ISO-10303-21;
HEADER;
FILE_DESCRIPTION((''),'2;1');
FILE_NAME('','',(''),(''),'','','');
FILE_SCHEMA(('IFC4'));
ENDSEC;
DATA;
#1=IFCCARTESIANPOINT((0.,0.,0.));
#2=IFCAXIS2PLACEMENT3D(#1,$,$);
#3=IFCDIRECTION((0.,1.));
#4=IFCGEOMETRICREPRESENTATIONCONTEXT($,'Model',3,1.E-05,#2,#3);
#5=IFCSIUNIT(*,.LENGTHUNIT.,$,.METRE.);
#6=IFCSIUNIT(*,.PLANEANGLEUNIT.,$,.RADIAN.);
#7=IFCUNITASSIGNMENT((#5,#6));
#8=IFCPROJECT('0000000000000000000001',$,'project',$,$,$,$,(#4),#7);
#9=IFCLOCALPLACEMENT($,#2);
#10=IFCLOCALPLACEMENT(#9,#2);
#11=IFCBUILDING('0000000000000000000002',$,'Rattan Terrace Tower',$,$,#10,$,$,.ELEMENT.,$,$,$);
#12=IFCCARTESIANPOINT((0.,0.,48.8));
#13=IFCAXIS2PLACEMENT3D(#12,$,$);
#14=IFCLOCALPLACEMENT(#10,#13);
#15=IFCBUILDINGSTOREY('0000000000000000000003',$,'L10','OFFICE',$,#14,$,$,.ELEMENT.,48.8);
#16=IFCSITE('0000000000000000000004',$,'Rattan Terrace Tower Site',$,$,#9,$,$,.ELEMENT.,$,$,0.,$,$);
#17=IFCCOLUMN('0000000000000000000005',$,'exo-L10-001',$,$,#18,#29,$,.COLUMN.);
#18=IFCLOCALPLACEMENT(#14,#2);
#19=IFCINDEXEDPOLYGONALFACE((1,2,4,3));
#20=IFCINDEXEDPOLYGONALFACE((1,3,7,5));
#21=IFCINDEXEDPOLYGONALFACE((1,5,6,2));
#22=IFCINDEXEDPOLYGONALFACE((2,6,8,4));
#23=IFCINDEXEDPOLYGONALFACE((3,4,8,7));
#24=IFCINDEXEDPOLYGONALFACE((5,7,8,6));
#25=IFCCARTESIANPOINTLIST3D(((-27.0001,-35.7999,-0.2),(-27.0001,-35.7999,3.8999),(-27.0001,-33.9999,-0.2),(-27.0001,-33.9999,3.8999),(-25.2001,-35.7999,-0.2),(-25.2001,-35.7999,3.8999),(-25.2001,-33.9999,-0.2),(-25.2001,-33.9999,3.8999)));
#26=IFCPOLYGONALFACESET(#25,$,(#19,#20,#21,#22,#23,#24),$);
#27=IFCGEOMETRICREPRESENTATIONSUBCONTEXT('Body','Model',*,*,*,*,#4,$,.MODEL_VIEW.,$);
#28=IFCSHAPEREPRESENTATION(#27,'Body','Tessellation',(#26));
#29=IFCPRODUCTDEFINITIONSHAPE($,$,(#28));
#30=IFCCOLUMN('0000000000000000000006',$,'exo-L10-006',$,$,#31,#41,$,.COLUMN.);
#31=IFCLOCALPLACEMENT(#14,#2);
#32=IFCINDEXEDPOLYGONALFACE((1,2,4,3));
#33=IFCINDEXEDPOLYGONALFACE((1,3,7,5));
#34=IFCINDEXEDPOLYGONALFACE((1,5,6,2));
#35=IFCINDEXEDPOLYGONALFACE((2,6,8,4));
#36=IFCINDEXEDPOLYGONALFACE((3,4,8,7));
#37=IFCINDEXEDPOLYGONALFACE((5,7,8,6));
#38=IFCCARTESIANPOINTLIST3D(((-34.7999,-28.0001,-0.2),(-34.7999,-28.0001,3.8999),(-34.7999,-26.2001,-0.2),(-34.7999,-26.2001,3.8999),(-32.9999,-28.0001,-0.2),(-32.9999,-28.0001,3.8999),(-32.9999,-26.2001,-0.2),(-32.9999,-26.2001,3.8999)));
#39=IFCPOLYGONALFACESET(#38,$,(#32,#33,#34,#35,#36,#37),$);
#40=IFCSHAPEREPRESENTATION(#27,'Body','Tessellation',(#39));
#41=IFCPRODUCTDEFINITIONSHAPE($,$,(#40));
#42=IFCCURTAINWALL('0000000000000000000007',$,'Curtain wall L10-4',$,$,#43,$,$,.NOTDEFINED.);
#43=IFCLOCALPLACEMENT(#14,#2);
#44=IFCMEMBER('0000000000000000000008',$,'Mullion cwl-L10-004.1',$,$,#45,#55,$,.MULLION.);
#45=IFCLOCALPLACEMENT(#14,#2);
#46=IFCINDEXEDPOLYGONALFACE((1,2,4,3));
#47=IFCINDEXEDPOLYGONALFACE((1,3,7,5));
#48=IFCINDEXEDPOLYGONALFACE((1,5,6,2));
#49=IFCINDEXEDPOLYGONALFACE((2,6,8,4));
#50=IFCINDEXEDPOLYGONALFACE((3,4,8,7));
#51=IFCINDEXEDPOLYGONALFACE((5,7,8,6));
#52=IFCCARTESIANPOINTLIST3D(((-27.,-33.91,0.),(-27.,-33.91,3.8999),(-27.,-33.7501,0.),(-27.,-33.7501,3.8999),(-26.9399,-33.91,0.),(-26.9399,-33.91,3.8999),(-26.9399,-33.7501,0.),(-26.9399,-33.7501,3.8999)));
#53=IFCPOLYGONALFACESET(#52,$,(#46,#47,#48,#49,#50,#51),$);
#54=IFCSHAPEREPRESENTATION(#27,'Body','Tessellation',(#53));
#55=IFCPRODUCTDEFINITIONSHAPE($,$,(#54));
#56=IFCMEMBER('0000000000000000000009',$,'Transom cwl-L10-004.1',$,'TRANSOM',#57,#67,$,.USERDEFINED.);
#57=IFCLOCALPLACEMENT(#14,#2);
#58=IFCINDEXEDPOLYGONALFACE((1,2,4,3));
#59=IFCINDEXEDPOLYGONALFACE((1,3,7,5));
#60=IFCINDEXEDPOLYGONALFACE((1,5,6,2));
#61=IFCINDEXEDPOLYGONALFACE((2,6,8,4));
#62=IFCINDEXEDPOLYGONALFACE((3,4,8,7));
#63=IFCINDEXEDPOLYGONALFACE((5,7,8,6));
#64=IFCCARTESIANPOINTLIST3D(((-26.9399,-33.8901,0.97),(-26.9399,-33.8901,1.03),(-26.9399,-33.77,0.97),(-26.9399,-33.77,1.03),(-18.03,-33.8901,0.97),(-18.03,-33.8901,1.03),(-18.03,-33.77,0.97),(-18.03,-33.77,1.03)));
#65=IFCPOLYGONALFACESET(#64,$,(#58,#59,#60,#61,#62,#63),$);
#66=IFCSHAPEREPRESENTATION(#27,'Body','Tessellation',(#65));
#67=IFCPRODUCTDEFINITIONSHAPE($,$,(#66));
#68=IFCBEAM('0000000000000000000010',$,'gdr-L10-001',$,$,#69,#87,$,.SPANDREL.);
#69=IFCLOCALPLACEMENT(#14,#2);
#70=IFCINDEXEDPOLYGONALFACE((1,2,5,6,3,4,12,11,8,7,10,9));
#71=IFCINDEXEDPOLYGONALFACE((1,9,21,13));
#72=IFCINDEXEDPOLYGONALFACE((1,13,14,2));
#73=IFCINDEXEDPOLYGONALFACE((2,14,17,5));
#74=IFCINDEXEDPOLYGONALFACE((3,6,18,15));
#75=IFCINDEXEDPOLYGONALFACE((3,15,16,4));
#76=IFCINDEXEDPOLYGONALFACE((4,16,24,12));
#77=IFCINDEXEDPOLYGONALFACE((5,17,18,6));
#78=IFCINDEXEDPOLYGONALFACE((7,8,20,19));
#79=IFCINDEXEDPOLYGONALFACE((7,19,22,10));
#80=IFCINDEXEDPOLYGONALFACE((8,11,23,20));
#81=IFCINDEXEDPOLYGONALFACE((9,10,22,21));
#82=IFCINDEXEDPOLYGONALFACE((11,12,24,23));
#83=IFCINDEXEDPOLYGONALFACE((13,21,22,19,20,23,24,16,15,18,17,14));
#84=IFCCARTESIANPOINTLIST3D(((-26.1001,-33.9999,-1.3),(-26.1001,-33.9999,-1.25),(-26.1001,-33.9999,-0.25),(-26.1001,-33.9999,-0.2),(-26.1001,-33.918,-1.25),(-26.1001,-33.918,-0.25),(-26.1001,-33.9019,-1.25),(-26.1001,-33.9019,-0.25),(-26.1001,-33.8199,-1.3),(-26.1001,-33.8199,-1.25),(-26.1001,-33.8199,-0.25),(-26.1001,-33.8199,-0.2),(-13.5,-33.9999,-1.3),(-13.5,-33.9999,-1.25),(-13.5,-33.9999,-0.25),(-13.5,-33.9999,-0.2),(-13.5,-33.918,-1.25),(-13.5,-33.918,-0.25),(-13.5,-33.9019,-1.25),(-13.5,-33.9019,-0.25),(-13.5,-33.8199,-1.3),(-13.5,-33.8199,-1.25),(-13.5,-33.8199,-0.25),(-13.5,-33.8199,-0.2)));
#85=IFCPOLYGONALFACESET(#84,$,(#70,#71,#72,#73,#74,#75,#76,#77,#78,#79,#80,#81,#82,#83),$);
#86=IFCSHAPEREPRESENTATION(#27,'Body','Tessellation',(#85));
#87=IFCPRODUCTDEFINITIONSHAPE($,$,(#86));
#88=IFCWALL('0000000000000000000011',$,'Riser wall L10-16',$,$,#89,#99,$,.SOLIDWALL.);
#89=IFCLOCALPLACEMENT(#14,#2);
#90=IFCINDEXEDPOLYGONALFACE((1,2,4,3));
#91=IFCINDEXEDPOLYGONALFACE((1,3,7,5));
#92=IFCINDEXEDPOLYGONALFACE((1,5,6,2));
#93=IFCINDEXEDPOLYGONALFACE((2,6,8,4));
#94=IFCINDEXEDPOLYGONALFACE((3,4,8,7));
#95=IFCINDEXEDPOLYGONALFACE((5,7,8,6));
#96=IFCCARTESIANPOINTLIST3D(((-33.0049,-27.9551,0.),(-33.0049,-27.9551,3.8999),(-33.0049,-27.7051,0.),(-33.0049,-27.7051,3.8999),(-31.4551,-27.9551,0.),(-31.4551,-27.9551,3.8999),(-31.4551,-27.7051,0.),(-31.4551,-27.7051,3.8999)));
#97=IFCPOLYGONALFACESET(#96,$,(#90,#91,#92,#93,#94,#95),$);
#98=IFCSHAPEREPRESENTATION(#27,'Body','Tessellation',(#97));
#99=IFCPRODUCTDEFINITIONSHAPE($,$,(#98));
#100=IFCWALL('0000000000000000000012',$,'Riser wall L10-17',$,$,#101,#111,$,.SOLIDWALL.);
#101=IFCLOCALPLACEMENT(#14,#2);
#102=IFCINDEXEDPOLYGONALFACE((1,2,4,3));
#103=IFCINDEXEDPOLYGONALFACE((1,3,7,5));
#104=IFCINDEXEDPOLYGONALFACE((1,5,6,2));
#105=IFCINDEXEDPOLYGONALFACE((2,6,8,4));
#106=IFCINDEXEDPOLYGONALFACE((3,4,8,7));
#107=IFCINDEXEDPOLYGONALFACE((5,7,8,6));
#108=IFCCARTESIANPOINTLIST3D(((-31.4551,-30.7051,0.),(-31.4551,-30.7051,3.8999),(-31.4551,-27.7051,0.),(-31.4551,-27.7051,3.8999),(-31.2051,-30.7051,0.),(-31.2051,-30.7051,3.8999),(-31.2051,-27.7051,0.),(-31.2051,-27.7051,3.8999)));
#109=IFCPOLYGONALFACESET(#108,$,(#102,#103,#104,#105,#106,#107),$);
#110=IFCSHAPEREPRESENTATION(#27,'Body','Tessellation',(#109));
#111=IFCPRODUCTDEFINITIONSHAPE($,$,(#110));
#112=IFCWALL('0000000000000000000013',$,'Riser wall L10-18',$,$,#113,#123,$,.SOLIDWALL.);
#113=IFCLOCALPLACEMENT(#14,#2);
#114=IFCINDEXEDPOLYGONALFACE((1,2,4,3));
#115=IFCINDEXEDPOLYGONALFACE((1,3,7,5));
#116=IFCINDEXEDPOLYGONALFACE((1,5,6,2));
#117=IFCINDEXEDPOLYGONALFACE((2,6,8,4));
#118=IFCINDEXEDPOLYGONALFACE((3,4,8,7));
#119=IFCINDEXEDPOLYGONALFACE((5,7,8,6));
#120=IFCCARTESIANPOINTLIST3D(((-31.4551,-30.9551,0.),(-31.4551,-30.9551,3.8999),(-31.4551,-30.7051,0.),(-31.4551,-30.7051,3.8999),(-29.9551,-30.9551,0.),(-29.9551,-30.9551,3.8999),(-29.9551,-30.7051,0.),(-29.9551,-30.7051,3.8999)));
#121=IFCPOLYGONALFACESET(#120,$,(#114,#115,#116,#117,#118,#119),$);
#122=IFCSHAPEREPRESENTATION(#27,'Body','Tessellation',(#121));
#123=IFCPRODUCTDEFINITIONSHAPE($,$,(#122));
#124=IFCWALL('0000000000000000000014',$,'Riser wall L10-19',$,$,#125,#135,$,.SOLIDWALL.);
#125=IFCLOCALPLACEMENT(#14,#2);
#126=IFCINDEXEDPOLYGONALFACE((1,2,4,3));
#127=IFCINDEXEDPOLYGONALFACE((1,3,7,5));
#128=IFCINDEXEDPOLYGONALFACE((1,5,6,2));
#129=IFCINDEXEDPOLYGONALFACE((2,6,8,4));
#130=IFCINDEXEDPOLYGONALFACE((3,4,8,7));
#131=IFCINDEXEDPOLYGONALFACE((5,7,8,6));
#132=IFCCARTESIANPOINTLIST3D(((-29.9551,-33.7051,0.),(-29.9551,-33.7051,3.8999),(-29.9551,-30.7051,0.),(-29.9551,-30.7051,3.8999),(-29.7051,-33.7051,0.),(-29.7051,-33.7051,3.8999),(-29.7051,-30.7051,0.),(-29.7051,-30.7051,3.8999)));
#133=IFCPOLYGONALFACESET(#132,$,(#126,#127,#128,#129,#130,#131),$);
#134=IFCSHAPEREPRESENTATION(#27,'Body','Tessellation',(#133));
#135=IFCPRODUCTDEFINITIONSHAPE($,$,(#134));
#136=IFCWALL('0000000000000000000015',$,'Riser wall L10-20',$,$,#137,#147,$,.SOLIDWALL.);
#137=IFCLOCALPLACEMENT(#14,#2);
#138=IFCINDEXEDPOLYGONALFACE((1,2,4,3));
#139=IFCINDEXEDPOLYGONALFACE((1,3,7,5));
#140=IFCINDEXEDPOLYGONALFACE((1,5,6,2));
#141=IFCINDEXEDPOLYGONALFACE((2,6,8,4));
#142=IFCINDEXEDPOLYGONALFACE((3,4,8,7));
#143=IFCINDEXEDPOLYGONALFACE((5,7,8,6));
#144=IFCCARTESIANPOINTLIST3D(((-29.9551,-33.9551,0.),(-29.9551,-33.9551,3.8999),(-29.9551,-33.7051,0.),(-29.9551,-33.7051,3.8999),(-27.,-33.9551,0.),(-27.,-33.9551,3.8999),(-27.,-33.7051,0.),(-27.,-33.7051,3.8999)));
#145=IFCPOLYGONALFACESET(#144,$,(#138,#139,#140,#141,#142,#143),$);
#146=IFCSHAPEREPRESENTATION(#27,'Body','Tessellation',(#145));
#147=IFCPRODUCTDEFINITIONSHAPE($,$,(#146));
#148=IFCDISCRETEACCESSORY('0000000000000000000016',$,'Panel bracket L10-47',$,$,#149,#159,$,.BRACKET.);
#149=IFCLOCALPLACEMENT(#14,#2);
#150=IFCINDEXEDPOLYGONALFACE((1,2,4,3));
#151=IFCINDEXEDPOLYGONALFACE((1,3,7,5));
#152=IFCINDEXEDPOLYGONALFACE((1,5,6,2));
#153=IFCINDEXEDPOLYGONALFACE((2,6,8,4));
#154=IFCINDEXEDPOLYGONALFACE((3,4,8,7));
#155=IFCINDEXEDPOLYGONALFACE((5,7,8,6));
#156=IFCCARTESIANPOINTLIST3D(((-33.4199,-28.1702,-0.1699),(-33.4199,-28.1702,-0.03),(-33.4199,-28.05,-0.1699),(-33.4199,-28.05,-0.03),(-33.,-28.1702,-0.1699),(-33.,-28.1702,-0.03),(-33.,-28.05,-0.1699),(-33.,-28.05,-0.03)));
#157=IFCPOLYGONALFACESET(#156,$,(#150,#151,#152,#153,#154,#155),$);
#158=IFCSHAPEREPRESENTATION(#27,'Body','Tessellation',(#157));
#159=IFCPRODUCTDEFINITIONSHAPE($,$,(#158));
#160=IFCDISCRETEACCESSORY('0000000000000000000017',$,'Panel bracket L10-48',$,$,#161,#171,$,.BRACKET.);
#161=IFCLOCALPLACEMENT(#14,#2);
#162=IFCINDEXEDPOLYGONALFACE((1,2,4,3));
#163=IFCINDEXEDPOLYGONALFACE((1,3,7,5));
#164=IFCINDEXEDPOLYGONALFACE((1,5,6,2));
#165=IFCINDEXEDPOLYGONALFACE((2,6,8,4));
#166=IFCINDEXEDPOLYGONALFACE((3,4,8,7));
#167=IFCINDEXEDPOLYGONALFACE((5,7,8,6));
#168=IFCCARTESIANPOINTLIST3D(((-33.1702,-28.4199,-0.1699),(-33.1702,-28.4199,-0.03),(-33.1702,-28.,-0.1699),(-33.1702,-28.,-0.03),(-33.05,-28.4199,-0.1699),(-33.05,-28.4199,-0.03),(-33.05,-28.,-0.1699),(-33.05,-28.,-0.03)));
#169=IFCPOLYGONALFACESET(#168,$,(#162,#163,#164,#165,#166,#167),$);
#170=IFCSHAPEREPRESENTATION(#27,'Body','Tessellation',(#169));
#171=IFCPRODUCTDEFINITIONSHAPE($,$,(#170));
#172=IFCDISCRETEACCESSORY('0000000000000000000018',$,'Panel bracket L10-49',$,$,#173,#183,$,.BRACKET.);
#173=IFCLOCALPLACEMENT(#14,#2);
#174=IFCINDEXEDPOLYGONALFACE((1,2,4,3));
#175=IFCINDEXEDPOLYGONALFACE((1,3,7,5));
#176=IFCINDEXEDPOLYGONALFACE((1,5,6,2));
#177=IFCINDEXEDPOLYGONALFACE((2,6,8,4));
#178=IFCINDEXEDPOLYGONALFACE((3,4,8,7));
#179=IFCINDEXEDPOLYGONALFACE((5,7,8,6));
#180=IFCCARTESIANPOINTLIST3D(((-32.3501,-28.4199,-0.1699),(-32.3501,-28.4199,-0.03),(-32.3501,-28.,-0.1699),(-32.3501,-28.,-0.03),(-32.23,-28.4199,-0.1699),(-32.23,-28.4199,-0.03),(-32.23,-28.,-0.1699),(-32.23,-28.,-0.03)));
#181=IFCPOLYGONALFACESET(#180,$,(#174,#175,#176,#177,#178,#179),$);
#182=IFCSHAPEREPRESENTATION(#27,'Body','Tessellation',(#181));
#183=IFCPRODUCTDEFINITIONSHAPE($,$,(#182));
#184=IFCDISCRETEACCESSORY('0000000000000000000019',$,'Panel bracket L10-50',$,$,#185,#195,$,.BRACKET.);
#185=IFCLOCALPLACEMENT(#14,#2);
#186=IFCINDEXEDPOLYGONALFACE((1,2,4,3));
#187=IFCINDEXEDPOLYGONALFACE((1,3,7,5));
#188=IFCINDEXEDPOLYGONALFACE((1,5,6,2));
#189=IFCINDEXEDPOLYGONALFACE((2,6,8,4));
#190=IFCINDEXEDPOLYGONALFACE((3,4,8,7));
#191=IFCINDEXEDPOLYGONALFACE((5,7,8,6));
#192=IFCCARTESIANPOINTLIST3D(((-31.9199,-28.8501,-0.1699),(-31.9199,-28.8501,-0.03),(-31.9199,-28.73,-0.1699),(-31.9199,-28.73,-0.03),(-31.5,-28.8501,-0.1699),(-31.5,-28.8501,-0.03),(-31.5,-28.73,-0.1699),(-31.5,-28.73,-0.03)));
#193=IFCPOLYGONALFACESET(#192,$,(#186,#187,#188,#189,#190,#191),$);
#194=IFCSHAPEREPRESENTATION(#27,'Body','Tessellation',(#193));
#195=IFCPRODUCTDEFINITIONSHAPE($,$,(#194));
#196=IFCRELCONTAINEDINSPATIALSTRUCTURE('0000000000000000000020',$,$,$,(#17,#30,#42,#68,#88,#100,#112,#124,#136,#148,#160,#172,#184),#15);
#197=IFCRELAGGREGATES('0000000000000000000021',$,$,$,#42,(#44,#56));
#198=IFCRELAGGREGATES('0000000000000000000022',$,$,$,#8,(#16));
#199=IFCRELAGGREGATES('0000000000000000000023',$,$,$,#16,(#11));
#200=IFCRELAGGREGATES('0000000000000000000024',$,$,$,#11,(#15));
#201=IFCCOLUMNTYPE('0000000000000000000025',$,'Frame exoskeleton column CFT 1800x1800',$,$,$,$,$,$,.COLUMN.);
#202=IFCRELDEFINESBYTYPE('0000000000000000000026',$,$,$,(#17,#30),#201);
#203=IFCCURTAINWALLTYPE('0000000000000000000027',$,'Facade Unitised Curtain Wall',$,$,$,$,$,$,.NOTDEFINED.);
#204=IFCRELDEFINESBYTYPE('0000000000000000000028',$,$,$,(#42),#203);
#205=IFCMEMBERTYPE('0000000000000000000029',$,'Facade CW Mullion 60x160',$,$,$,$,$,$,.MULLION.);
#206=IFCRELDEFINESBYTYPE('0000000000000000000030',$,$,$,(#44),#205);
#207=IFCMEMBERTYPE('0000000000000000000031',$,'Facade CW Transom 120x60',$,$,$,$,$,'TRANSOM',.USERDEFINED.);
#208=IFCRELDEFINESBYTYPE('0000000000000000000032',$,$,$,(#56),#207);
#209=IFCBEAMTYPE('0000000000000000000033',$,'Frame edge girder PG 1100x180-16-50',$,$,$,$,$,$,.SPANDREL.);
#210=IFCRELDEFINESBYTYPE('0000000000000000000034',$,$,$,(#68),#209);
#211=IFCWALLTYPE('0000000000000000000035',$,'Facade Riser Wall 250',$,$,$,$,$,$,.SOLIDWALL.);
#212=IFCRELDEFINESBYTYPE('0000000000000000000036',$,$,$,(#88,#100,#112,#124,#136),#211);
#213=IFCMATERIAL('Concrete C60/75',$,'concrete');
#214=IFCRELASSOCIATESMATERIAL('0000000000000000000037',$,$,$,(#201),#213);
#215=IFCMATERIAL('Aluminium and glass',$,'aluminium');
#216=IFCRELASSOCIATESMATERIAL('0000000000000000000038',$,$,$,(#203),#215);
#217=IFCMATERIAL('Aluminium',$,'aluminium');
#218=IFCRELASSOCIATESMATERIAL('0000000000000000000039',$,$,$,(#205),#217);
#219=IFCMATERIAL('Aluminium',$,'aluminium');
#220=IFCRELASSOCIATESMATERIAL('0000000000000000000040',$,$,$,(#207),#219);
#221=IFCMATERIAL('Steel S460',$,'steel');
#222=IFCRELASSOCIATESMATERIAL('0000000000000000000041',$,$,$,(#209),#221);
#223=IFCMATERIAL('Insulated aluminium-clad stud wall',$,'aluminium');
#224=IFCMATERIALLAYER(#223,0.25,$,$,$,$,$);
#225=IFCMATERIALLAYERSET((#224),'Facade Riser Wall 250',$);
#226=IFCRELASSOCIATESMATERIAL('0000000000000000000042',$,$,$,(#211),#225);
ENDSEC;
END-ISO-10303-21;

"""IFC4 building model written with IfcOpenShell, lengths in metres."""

from ifc_helpers import new_model, si_unit, direction, frame, frame_2d, origin, origin_2d, place, context, subcontext, project, spatial, rectangle, i_section, extrude, material, layer, layer_set, material_profile, profile_set, type_object, element, aggregate, save


model = new_model("IFC4")

# Units and contexts
model_context = context("Model", 3, precision=1e-05, world=origin(), true_north=direction((0.0, 1.0)))
body_context = subcontext(model_context, "Body", "Model", "MODEL_VIEW")
ifc_project = project(units=[si_unit("LENGTHUNIT", "METRE"), si_unit("PLANEANGLEUNIT", "RADIAN")], contexts=[model_context])

# Site, building, storey
site_placement = place(None, origin())
site = spatial("IfcSite", under=ifc_project, at=site_placement, Name="Rattan Terrace Tower Site", CompositionType="ELEMENT", RefElevation=0.0)
building_placement = place(site_placement, origin())
building = spatial("IfcBuilding", under=site, at=building_placement, Name="Rattan Terrace Tower", CompositionType="ELEMENT")
storey_placement = place(building_placement, frame((0.0, 0.0, 48.8)))
storey = spatial("IfcBuildingStorey", under=building, at=storey_placement, Name="L10", Description="OFFICE", CompositionType="ELEMENT", Elevation=48.8)

# Columns
ifc_material_1 = material(Name="Concrete C60/75", Category="concrete")
ifc_material_profile_1 = material_profile(ifc_material_1, rectangle(XDim=1.8, YDim=1.8, at=origin_2d()), Name="CFT 1800x1800")
ifc_profile_set_1 = profile_set([ifc_material_profile_1], Name="Concrete C60/75")
column_type = type_object("IfcColumnType", Name="Frame exoskeleton column CFT 1800x1800", PredefinedType="COLUMN", material=ifc_profile_set_1)
for number, where, z_axis, x_axis, name in (
    (1, (-26.1001, -34.8999, -0.2), (0.0, 0.0, 1.0), (1.0, 0.0, 0.0), "exo-L10-001"),
    (2, (-33.8999, -27.1001, -0.2), (0.0, 0.0, 1.0), (0.0, 1.0, 0.0), "exo-L10-006"),
):
    element("IfcColumn", number, at=place(storey_placement, frame(where, z_axis=z_axis, x_axis=x_axis)), inside=storey, type_object=column_type, Name=name, PredefinedType="COLUMN", context=body_context, shape_type="SweptSolid", body=[
        extrude(rectangle(XDim=1.8, YDim=1.8, at=origin_2d()), origin(), (0.0, 0.0, 1.0), 4.0999),
    ])

# Curtain wall, members
ifc_material_2 = material(Name="Aluminium and glass", Category="aluminium")
curtain_wall_type = type_object("IfcCurtainWallType", Name="Facade Unitised Curtain Wall", PredefinedType="NOTDEFINED", material=ifc_material_2)
curtain_wall_placement = place(storey_placement, origin())
curtain_wall = element("IfcCurtainWall", 3, at=curtain_wall_placement, inside=storey, type_object=curtain_wall_type, Name="Curtain wall L10-4", PredefinedType="NOTDEFINED")
ifc_material_3 = material(Name="Aluminium", Category="aluminium")
ifc_material_profile_2 = material_profile(ifc_material_3, rectangle(XDim=0.0601, YDim=0.1599, at=origin_2d()), Name="Aluminium 60x160")
ifc_profile_set_2 = profile_set([ifc_material_profile_2], Name="Aluminium")
member_type_1 = type_object("IfcMemberType", Name="Facade CW Mullion 60x160", PredefinedType="MULLION", material=ifc_profile_set_2)
member_1_placement = place(storey_placement, frame((-26.97, -33.8301, 0.0), z_axis=(0.0, 0.0, 1.0), x_axis=(1.0, 0.0, 0.0)))
member_1 = element("IfcMember", 4, at=member_1_placement, type_object=member_type_1, Name="Mullion cwl-L10-004.1", PredefinedType="MULLION", context=body_context, shape_type="SweptSolid", body=[
    extrude(rectangle(XDim=0.0601, YDim=0.1599, at=origin_2d()), origin(), (0.0, 0.0, 1.0), 3.8999),
])
ifc_material_4 = material(Name="Aluminium", Category="aluminium")
ifc_material_profile_3 = material_profile(ifc_material_4, rectangle(XDim=0.1201, YDim=0.0601, at=origin_2d()), Name="Aluminium 120x60")
ifc_profile_set_3 = profile_set([ifc_material_profile_3], Name="Aluminium")
member_type_2 = type_object("IfcMemberType", Name="Facade CW Transom 120x60", ElementType="TRANSOM", PredefinedType="USERDEFINED", material=ifc_profile_set_3)
member_2_placement = place(storey_placement, frame((-26.9399, -33.8301, 1.0), z_axis=(1.0, 0.0, 0.0), x_axis=(0.0, 1.0, 0.0)))
member_2 = element("IfcMember", 5, at=member_2_placement, type_object=member_type_2, Name="Transom cwl-L10-004.1", ObjectType="TRANSOM", PredefinedType="USERDEFINED", context=body_context, shape_type="SweptSolid", body=[
    extrude(rectangle(XDim=0.1201, YDim=0.0601, at=origin_2d()), origin(), (0.0, 0.0, 1.0), 8.9099),
])
aggregate(curtain_wall, [member_1, member_2])

# Beam
ifc_material_5 = material(Name="Steel S460", Category="steel")
ifc_material_profile_4 = material_profile(ifc_material_5, i_section(OverallWidth=0.1799, OverallDepth=1.1001, WebThickness=0.0161, FlangeThickness=0.05, at=origin_2d()), Name="PG 1100x180-16-50")
ifc_profile_set_4 = profile_set([ifc_material_profile_4], Name="Steel S460")
beam_type = type_object("IfcBeamType", Name="Frame edge girder PG 1100x180-16-50", PredefinedType="SPANDREL", material=ifc_profile_set_4)
beam_placement = place(storey_placement, frame((-26.1001, -33.9099, -0.75), z_axis=(1.0, 0.0, 0.0), x_axis=(0.0, 1.0, 0.0)))
element("IfcBeam", 6, at=beam_placement, inside=storey, type_object=beam_type, Name="gdr-L10-001", PredefinedType="SPANDREL", context=body_context, shape_type="SweptSolid", body=[
    extrude(i_section(OverallWidth=0.1799, OverallDepth=1.1001, WebThickness=0.0161, FlangeThickness=0.05, at=origin_2d()), origin(), (0.0, 0.0, 1.0), 12.6001),
])

# Walls
ifc_material_6 = material(Name="Insulated aluminium-clad stud wall", Category="aluminium")
ifc_layer = layer(ifc_material_6, 0.25)
ifc_layer_set = layer_set([ifc_layer], Name="Facade Riser Wall 250")
wall_type = type_object("IfcWallType", Name="Facade Riser Wall 250", PredefinedType="SOLIDWALL", material=ifc_layer_set)
wall_1_placement = place(storey_placement, frame((-33.0049, -27.8301, 0.0), z_axis=(0.0, 0.0, 1.0), x_axis=(1.0, 0.0, 0.0)))
element("IfcWall", 7, at=wall_1_placement, inside=storey, type_object=wall_type, Name="Riser wall L10-16", PredefinedType="SOLIDWALL", context=body_context, shape_type="SweptSolid", body=[
    extrude(rectangle(XDim=1.5498, YDim=0.25, at=frame_2d((0.7749, 0.0))), origin(), (0.0, 0.0, 1.0), 3.8999),
])
wall_2_placement = place(storey_placement, frame((-31.3301, -27.7051, 0.0), z_axis=(0.0, 0.0, 1.0), x_axis=(0.0, -1.0, 0.0)))
element("IfcWall", 8, at=wall_2_placement, inside=storey, type_object=wall_type, Name="Riser wall L10-17", PredefinedType="SOLIDWALL", context=body_context, shape_type="SweptSolid", body=[
    extrude(rectangle(XDim=3.0, YDim=0.25, at=frame_2d((1.5, 0.0))), origin(), (0.0, 0.0, 1.0), 3.8999),
])
wall_3_placement = place(storey_placement, frame((-31.4551, -30.8301, 0.0), z_axis=(0.0, 0.0, 1.0), x_axis=(1.0, 0.0, 0.0)))
element("IfcWall", 9, at=wall_3_placement, inside=storey, type_object=wall_type, Name="Riser wall L10-18", PredefinedType="SOLIDWALL", context=body_context, shape_type="SweptSolid", body=[
    extrude(rectangle(XDim=1.5, YDim=0.25, at=frame_2d((0.75, 0.0))), origin(), (0.0, 0.0, 1.0), 3.8999),
])
wall_4_placement = place(storey_placement, frame((-29.8301, -30.7051, 0.0), z_axis=(0.0, 0.0, 1.0), x_axis=(0.0, -1.0, 0.0)))
element("IfcWall", 10, at=wall_4_placement, inside=storey, type_object=wall_type, Name="Riser wall L10-19", PredefinedType="SOLIDWALL", context=body_context, shape_type="SweptSolid", body=[
    extrude(rectangle(XDim=3.0, YDim=0.25, at=frame_2d((1.5, 0.0))), origin(), (0.0, 0.0, 1.0), 3.8999),
])
wall_5_placement = place(storey_placement, frame((-29.9551, -33.8301, 0.0), z_axis=(0.0, 0.0, 1.0), x_axis=(1.0, 0.0, 0.0)))
element("IfcWall", 11, at=wall_5_placement, inside=storey, type_object=wall_type, Name="Riser wall L10-20", PredefinedType="SOLIDWALL", context=body_context, shape_type="SweptSolid", body=[
    extrude(rectangle(XDim=2.9551, YDim=0.25, at=frame_2d((1.4775, 0.0))), origin(), (0.0, 0.0, 1.0), 3.8999),
])

# Discrete accessories
for number, where, z_axis, x_axis, name in (
    (12, (-33.21, -28.1101, -0.1699), (0.0, 0.0, 1.0), (0.0, -1.0, 0.0), "Panel bracket L10-47"),
    (13, (-33.1101, -28.21, -0.1699), (0.0, 0.0, 1.0), (1.0, 0.0, 0.0), "Panel bracket L10-48"),
    (14, (-32.29, -28.21, -0.1699), (0.0, 0.0, 1.0), (1.0, 0.0, 0.0), "Panel bracket L10-49"),
    (15, (-31.71, -28.79, -0.1699), (0.0, 0.0, 1.0), (0.0, -1.0, 0.0), "Panel bracket L10-50"),
):
    element("IfcDiscreteAccessory", number, at=place(storey_placement, frame(where, z_axis=z_axis, x_axis=x_axis)), inside=storey, Name=name, PredefinedType="BRACKET", context=body_context, shape_type="SweptSolid", body=[
        extrude(rectangle(XDim=0.1201, YDim=0.4199, at=origin_2d()), origin(), (0.0, 0.0, 1.0), 0.1399),
    ])

save(model, "model.ifc")
